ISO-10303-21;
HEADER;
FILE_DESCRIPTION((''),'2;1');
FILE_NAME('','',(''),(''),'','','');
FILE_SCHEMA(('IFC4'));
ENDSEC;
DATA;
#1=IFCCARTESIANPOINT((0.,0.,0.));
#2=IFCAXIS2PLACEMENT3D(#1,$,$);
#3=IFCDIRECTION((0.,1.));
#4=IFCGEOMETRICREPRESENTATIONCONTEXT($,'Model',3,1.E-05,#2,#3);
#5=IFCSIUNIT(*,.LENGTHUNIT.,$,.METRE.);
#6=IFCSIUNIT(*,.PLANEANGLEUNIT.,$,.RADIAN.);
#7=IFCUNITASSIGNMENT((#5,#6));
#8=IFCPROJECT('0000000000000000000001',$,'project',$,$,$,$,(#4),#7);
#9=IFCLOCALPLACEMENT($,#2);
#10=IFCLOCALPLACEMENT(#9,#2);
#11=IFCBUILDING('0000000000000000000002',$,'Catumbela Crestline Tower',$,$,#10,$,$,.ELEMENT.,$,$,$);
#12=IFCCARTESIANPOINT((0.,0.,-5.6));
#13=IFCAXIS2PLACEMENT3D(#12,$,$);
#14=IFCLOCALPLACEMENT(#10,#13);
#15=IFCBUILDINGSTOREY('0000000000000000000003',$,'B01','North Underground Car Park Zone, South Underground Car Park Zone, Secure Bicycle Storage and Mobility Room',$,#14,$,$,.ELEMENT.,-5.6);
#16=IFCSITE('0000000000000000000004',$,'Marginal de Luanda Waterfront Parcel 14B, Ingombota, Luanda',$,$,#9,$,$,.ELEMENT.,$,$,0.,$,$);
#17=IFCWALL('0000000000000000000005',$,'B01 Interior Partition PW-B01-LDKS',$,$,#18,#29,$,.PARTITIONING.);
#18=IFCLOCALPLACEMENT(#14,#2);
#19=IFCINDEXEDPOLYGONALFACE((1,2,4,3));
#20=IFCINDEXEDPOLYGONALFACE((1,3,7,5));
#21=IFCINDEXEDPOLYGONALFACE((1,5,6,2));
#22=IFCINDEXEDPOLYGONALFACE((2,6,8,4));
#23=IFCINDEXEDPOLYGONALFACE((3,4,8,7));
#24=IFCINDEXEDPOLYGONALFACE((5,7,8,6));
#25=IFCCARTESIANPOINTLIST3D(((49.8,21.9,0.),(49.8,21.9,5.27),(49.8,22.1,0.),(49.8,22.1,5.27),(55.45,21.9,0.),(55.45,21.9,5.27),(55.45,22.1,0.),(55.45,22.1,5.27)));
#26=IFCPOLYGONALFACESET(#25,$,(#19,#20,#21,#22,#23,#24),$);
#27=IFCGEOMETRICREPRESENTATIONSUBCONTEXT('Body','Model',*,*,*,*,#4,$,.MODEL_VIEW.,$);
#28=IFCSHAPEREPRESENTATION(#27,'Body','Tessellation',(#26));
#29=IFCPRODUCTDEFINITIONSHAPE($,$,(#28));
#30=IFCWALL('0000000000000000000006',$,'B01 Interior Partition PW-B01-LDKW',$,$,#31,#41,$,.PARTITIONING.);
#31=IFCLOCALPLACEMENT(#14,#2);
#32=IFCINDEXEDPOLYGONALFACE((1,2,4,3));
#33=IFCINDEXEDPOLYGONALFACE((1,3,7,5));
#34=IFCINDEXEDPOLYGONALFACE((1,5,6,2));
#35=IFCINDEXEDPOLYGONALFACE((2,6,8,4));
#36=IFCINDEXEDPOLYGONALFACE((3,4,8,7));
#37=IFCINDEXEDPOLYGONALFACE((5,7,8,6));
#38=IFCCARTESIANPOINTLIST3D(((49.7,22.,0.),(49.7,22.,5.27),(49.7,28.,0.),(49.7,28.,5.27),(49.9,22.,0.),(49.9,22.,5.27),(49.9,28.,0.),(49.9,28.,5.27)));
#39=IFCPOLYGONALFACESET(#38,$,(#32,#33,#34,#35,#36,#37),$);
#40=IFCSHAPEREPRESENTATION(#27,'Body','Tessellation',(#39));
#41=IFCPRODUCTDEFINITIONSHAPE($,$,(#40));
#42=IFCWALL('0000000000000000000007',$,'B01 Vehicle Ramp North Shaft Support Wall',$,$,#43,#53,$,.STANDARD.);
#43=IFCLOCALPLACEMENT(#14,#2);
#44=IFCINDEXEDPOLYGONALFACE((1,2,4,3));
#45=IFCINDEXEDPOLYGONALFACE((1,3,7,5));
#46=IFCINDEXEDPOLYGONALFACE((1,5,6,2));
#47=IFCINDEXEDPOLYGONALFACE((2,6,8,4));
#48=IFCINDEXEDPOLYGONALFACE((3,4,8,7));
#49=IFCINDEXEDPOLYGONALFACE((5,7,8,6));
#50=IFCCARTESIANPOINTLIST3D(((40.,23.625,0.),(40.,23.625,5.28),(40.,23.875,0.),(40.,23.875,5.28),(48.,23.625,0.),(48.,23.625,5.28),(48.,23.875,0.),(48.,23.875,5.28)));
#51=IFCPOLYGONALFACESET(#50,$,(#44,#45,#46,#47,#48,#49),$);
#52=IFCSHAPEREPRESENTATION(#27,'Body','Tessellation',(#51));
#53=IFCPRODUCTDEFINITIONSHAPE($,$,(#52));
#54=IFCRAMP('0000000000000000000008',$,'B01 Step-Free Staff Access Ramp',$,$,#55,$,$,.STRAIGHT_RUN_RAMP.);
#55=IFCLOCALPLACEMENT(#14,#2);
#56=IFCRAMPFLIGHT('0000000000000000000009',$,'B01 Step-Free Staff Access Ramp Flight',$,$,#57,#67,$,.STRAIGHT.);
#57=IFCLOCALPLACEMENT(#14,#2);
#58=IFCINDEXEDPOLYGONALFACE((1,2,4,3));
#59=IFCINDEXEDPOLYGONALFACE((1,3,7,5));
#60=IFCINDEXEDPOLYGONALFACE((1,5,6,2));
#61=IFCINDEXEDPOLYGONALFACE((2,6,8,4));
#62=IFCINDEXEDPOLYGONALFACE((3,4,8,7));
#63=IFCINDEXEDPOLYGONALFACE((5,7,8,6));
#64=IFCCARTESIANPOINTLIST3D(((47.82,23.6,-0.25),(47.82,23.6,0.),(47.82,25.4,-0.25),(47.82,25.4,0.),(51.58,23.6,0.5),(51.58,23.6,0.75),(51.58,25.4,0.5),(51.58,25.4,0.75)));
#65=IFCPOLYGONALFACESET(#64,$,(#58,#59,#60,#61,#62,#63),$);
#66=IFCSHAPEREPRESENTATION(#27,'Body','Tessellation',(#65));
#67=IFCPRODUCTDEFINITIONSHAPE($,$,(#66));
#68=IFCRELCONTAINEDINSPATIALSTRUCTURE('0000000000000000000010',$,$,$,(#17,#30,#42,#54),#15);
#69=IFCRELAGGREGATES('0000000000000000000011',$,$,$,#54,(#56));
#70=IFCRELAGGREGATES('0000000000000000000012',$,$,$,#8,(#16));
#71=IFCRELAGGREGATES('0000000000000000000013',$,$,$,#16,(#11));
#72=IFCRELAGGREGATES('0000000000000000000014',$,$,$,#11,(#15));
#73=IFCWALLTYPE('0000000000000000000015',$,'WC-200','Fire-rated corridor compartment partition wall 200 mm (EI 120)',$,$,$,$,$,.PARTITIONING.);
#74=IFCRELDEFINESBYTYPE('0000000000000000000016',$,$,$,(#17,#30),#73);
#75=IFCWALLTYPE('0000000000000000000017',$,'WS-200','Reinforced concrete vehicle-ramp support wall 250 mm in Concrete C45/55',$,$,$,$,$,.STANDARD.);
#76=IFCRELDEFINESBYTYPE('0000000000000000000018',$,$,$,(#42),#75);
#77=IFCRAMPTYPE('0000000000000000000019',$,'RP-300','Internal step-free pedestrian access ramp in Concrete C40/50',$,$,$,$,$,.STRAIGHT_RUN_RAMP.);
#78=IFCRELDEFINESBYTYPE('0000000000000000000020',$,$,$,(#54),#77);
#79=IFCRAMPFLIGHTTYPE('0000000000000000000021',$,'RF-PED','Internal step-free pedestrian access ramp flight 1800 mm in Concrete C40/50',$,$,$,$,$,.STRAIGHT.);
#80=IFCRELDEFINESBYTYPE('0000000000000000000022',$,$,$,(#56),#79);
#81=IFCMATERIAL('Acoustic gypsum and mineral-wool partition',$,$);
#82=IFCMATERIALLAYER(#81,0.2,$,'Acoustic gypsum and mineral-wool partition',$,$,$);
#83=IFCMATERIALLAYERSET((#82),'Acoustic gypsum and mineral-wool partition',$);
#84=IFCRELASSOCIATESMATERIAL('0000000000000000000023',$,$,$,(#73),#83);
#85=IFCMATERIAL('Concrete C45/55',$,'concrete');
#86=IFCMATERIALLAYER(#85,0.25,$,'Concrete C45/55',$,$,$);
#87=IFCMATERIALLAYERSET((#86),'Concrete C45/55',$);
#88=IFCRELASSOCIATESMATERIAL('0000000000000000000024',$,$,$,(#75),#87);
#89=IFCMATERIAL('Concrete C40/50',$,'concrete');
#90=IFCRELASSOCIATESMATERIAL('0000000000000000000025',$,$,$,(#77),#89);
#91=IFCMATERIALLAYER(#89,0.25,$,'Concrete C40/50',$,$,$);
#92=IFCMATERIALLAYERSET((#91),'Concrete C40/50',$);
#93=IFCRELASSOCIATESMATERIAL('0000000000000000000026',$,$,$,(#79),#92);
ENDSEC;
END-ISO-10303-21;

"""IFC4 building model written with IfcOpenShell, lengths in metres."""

from ifc_helpers import new_model, si_unit, direction, frame, frame_2d, origin, place, context, subcontext, project, spatial, polyline, rectangle, outline, extrude, material, layer, layer_set, type_object, element, aggregate, save


model = new_model("IFC4")

# Units and contexts
model_context = context("Model", 3, precision=1e-05, world=origin(), true_north=direction((0.0, 1.0)))
body_context = subcontext(model_context, "Body", "Model", "MODEL_VIEW")
ifc_project = project(units=[si_unit("LENGTHUNIT", "METRE"), si_unit("PLANEANGLEUNIT", "RADIAN")], contexts=[model_context])

# Site, building, storey
site_placement = place(None, origin())
site = spatial("IfcSite", under=ifc_project, at=site_placement, Name="Marginal de Luanda Waterfront Parcel 14B, Ingombota, Luanda", CompositionType="ELEMENT", RefElevation=0.0)
building_placement = place(site_placement, origin())
building = spatial("IfcBuilding", under=site, at=building_placement, Name="Catumbela Crestline Tower", CompositionType="ELEMENT")
storey_placement = place(building_placement, frame((0.0, 0.0, -5.6)))
storey = spatial("IfcBuildingStorey", under=building, at=storey_placement, Name="B01", Description="North Underground Car Park Zone, South Underground Car Park Zone, Secure Bicycle Storage and Mobility Room", CompositionType="ELEMENT", Elevation=-5.6)

# Walls
ifc_material_1 = material(Name="Acoustic gypsum and mineral-wool partition")
ifc_layer_1 = layer(ifc_material_1, 0.2, Name="Acoustic gypsum and mineral-wool partition")
ifc_layer_set_1 = layer_set([ifc_layer_1], Name="Acoustic gypsum and mineral-wool partition")
wall_type_1 = type_object("IfcWallType", Name="WC-200", Description="Fire-rated corridor compartment partition wall 200 mm (EI 120)", PredefinedType="PARTITIONING", material=ifc_layer_set_1)
wall_1_placement = place(storey_placement, frame((49.8, 22.0, 0.0), z_axis=(0.0, 0.0, 1.0), x_axis=(1.0, 0.0, 0.0)))
element("IfcWall", 1, at=wall_1_placement, inside=storey, type_object=wall_type_1, Name="B01 Interior Partition PW-B01-LDKS", PredefinedType="PARTITIONING", context=body_context, shape_type="SweptSolid", body=[
    extrude(rectangle(XDim=5.65, YDim=0.2, at=frame_2d((2.825, 0.0))), origin(), (0.0, 0.0, 1.0), 5.27),
])
wall_2_placement = place(storey_placement, frame((49.8, 22.0, 0.0), z_axis=(0.0, 0.0, 1.0), x_axis=(0.0, 1.0, 0.0)))
element("IfcWall", 2, at=wall_2_placement, inside=storey, type_object=wall_type_1, Name="B01 Interior Partition PW-B01-LDKW", PredefinedType="PARTITIONING", context=body_context, shape_type="SweptSolid", body=[
    extrude(rectangle(XDim=6.0, YDim=0.2, at=frame_2d((3.0, 0.0))), origin(), (0.0, 0.0, 1.0), 5.27),
])
ifc_material_2 = material(Name="Concrete C45/55", Category="concrete")
ifc_layer_2 = layer(ifc_material_2, 0.25, Name="Concrete C45/55")
ifc_layer_set_2 = layer_set([ifc_layer_2], Name="Concrete C45/55")
wall_type_2 = type_object("IfcWallType", Name="WS-200", Description="Reinforced concrete vehicle-ramp support wall 250 mm in Concrete C45/55", PredefinedType="STANDARD", material=ifc_layer_set_2)
wall_3_placement = place(storey_placement, frame((40.0, 23.75, 0.0), z_axis=(0.0, 0.0, 1.0), x_axis=(1.0, 0.0, 0.0)))
element("IfcWall", 3, at=wall_3_placement, inside=storey, type_object=wall_type_2, Name="B01 Vehicle Ramp North Shaft Support Wall", PredefinedType="STANDARD", context=body_context, shape_type="SweptSolid", body=[
    extrude(rectangle(XDim=8.0, YDim=0.25, at=frame_2d((4.0, 0.0))), origin(), (0.0, 0.0, 1.0), 5.28),
])

# Ramp, ramp flight
ifc_material_3 = material(Name="Concrete C40/50", Category="concrete")
ramp_type = type_object("IfcRampType", Name="RP-300", Description="Internal step-free pedestrian access ramp in Concrete C40/50", PredefinedType="STRAIGHT_RUN_RAMP", material=ifc_material_3)
ramp_placement = place(storey_placement, origin())
ramp = element("IfcRamp", 4, at=ramp_placement, inside=storey, type_object=ramp_type, Name="B01 Step-Free Staff Access Ramp", PredefinedType="STRAIGHT_RUN_RAMP")
ifc_layer_3 = layer(ifc_material_3, 0.25, Name="Concrete C40/50")
ifc_layer_set_3 = layer_set([ifc_layer_3], Name="Concrete C40/50")
ramp_flight_type = type_object("IfcRampFlightType", Name="RF-PED", Description="Internal step-free pedestrian access ramp flight 1800 mm in Concrete C40/50", PredefinedType="STRAIGHT", material=ifc_layer_set_3)
ramp_flight_placement = place(storey_placement, frame((47.82, 24.5, 0.0), z_axis=(0.0, 0.0, 1.0), x_axis=(1.0, 0.0, 0.0)))
ramp_flight = element("IfcRampFlight", 5, at=ramp_flight_placement, type_object=ramp_flight_type, Name="B01 Step-Free Staff Access Ramp Flight", PredefinedType="STRAIGHT", context=body_context, shape_type="SweptSolid", body=[
    extrude(outline(polyline([(0.0, 0.0), (0.0, -0.25), (3.76, 0.5), (3.76, 0.75), (0.0, 0.0)])), frame((0.0, 0.9, 0.0), z_axis=(0.0, -1.0, 0.0), x_axis=(1.0, 0.0, 0.0)), (0.0, 0.0, 1.0), 1.8),
])
aggregate(ramp, [ramp_flight])

save(model, "model.ifc")
